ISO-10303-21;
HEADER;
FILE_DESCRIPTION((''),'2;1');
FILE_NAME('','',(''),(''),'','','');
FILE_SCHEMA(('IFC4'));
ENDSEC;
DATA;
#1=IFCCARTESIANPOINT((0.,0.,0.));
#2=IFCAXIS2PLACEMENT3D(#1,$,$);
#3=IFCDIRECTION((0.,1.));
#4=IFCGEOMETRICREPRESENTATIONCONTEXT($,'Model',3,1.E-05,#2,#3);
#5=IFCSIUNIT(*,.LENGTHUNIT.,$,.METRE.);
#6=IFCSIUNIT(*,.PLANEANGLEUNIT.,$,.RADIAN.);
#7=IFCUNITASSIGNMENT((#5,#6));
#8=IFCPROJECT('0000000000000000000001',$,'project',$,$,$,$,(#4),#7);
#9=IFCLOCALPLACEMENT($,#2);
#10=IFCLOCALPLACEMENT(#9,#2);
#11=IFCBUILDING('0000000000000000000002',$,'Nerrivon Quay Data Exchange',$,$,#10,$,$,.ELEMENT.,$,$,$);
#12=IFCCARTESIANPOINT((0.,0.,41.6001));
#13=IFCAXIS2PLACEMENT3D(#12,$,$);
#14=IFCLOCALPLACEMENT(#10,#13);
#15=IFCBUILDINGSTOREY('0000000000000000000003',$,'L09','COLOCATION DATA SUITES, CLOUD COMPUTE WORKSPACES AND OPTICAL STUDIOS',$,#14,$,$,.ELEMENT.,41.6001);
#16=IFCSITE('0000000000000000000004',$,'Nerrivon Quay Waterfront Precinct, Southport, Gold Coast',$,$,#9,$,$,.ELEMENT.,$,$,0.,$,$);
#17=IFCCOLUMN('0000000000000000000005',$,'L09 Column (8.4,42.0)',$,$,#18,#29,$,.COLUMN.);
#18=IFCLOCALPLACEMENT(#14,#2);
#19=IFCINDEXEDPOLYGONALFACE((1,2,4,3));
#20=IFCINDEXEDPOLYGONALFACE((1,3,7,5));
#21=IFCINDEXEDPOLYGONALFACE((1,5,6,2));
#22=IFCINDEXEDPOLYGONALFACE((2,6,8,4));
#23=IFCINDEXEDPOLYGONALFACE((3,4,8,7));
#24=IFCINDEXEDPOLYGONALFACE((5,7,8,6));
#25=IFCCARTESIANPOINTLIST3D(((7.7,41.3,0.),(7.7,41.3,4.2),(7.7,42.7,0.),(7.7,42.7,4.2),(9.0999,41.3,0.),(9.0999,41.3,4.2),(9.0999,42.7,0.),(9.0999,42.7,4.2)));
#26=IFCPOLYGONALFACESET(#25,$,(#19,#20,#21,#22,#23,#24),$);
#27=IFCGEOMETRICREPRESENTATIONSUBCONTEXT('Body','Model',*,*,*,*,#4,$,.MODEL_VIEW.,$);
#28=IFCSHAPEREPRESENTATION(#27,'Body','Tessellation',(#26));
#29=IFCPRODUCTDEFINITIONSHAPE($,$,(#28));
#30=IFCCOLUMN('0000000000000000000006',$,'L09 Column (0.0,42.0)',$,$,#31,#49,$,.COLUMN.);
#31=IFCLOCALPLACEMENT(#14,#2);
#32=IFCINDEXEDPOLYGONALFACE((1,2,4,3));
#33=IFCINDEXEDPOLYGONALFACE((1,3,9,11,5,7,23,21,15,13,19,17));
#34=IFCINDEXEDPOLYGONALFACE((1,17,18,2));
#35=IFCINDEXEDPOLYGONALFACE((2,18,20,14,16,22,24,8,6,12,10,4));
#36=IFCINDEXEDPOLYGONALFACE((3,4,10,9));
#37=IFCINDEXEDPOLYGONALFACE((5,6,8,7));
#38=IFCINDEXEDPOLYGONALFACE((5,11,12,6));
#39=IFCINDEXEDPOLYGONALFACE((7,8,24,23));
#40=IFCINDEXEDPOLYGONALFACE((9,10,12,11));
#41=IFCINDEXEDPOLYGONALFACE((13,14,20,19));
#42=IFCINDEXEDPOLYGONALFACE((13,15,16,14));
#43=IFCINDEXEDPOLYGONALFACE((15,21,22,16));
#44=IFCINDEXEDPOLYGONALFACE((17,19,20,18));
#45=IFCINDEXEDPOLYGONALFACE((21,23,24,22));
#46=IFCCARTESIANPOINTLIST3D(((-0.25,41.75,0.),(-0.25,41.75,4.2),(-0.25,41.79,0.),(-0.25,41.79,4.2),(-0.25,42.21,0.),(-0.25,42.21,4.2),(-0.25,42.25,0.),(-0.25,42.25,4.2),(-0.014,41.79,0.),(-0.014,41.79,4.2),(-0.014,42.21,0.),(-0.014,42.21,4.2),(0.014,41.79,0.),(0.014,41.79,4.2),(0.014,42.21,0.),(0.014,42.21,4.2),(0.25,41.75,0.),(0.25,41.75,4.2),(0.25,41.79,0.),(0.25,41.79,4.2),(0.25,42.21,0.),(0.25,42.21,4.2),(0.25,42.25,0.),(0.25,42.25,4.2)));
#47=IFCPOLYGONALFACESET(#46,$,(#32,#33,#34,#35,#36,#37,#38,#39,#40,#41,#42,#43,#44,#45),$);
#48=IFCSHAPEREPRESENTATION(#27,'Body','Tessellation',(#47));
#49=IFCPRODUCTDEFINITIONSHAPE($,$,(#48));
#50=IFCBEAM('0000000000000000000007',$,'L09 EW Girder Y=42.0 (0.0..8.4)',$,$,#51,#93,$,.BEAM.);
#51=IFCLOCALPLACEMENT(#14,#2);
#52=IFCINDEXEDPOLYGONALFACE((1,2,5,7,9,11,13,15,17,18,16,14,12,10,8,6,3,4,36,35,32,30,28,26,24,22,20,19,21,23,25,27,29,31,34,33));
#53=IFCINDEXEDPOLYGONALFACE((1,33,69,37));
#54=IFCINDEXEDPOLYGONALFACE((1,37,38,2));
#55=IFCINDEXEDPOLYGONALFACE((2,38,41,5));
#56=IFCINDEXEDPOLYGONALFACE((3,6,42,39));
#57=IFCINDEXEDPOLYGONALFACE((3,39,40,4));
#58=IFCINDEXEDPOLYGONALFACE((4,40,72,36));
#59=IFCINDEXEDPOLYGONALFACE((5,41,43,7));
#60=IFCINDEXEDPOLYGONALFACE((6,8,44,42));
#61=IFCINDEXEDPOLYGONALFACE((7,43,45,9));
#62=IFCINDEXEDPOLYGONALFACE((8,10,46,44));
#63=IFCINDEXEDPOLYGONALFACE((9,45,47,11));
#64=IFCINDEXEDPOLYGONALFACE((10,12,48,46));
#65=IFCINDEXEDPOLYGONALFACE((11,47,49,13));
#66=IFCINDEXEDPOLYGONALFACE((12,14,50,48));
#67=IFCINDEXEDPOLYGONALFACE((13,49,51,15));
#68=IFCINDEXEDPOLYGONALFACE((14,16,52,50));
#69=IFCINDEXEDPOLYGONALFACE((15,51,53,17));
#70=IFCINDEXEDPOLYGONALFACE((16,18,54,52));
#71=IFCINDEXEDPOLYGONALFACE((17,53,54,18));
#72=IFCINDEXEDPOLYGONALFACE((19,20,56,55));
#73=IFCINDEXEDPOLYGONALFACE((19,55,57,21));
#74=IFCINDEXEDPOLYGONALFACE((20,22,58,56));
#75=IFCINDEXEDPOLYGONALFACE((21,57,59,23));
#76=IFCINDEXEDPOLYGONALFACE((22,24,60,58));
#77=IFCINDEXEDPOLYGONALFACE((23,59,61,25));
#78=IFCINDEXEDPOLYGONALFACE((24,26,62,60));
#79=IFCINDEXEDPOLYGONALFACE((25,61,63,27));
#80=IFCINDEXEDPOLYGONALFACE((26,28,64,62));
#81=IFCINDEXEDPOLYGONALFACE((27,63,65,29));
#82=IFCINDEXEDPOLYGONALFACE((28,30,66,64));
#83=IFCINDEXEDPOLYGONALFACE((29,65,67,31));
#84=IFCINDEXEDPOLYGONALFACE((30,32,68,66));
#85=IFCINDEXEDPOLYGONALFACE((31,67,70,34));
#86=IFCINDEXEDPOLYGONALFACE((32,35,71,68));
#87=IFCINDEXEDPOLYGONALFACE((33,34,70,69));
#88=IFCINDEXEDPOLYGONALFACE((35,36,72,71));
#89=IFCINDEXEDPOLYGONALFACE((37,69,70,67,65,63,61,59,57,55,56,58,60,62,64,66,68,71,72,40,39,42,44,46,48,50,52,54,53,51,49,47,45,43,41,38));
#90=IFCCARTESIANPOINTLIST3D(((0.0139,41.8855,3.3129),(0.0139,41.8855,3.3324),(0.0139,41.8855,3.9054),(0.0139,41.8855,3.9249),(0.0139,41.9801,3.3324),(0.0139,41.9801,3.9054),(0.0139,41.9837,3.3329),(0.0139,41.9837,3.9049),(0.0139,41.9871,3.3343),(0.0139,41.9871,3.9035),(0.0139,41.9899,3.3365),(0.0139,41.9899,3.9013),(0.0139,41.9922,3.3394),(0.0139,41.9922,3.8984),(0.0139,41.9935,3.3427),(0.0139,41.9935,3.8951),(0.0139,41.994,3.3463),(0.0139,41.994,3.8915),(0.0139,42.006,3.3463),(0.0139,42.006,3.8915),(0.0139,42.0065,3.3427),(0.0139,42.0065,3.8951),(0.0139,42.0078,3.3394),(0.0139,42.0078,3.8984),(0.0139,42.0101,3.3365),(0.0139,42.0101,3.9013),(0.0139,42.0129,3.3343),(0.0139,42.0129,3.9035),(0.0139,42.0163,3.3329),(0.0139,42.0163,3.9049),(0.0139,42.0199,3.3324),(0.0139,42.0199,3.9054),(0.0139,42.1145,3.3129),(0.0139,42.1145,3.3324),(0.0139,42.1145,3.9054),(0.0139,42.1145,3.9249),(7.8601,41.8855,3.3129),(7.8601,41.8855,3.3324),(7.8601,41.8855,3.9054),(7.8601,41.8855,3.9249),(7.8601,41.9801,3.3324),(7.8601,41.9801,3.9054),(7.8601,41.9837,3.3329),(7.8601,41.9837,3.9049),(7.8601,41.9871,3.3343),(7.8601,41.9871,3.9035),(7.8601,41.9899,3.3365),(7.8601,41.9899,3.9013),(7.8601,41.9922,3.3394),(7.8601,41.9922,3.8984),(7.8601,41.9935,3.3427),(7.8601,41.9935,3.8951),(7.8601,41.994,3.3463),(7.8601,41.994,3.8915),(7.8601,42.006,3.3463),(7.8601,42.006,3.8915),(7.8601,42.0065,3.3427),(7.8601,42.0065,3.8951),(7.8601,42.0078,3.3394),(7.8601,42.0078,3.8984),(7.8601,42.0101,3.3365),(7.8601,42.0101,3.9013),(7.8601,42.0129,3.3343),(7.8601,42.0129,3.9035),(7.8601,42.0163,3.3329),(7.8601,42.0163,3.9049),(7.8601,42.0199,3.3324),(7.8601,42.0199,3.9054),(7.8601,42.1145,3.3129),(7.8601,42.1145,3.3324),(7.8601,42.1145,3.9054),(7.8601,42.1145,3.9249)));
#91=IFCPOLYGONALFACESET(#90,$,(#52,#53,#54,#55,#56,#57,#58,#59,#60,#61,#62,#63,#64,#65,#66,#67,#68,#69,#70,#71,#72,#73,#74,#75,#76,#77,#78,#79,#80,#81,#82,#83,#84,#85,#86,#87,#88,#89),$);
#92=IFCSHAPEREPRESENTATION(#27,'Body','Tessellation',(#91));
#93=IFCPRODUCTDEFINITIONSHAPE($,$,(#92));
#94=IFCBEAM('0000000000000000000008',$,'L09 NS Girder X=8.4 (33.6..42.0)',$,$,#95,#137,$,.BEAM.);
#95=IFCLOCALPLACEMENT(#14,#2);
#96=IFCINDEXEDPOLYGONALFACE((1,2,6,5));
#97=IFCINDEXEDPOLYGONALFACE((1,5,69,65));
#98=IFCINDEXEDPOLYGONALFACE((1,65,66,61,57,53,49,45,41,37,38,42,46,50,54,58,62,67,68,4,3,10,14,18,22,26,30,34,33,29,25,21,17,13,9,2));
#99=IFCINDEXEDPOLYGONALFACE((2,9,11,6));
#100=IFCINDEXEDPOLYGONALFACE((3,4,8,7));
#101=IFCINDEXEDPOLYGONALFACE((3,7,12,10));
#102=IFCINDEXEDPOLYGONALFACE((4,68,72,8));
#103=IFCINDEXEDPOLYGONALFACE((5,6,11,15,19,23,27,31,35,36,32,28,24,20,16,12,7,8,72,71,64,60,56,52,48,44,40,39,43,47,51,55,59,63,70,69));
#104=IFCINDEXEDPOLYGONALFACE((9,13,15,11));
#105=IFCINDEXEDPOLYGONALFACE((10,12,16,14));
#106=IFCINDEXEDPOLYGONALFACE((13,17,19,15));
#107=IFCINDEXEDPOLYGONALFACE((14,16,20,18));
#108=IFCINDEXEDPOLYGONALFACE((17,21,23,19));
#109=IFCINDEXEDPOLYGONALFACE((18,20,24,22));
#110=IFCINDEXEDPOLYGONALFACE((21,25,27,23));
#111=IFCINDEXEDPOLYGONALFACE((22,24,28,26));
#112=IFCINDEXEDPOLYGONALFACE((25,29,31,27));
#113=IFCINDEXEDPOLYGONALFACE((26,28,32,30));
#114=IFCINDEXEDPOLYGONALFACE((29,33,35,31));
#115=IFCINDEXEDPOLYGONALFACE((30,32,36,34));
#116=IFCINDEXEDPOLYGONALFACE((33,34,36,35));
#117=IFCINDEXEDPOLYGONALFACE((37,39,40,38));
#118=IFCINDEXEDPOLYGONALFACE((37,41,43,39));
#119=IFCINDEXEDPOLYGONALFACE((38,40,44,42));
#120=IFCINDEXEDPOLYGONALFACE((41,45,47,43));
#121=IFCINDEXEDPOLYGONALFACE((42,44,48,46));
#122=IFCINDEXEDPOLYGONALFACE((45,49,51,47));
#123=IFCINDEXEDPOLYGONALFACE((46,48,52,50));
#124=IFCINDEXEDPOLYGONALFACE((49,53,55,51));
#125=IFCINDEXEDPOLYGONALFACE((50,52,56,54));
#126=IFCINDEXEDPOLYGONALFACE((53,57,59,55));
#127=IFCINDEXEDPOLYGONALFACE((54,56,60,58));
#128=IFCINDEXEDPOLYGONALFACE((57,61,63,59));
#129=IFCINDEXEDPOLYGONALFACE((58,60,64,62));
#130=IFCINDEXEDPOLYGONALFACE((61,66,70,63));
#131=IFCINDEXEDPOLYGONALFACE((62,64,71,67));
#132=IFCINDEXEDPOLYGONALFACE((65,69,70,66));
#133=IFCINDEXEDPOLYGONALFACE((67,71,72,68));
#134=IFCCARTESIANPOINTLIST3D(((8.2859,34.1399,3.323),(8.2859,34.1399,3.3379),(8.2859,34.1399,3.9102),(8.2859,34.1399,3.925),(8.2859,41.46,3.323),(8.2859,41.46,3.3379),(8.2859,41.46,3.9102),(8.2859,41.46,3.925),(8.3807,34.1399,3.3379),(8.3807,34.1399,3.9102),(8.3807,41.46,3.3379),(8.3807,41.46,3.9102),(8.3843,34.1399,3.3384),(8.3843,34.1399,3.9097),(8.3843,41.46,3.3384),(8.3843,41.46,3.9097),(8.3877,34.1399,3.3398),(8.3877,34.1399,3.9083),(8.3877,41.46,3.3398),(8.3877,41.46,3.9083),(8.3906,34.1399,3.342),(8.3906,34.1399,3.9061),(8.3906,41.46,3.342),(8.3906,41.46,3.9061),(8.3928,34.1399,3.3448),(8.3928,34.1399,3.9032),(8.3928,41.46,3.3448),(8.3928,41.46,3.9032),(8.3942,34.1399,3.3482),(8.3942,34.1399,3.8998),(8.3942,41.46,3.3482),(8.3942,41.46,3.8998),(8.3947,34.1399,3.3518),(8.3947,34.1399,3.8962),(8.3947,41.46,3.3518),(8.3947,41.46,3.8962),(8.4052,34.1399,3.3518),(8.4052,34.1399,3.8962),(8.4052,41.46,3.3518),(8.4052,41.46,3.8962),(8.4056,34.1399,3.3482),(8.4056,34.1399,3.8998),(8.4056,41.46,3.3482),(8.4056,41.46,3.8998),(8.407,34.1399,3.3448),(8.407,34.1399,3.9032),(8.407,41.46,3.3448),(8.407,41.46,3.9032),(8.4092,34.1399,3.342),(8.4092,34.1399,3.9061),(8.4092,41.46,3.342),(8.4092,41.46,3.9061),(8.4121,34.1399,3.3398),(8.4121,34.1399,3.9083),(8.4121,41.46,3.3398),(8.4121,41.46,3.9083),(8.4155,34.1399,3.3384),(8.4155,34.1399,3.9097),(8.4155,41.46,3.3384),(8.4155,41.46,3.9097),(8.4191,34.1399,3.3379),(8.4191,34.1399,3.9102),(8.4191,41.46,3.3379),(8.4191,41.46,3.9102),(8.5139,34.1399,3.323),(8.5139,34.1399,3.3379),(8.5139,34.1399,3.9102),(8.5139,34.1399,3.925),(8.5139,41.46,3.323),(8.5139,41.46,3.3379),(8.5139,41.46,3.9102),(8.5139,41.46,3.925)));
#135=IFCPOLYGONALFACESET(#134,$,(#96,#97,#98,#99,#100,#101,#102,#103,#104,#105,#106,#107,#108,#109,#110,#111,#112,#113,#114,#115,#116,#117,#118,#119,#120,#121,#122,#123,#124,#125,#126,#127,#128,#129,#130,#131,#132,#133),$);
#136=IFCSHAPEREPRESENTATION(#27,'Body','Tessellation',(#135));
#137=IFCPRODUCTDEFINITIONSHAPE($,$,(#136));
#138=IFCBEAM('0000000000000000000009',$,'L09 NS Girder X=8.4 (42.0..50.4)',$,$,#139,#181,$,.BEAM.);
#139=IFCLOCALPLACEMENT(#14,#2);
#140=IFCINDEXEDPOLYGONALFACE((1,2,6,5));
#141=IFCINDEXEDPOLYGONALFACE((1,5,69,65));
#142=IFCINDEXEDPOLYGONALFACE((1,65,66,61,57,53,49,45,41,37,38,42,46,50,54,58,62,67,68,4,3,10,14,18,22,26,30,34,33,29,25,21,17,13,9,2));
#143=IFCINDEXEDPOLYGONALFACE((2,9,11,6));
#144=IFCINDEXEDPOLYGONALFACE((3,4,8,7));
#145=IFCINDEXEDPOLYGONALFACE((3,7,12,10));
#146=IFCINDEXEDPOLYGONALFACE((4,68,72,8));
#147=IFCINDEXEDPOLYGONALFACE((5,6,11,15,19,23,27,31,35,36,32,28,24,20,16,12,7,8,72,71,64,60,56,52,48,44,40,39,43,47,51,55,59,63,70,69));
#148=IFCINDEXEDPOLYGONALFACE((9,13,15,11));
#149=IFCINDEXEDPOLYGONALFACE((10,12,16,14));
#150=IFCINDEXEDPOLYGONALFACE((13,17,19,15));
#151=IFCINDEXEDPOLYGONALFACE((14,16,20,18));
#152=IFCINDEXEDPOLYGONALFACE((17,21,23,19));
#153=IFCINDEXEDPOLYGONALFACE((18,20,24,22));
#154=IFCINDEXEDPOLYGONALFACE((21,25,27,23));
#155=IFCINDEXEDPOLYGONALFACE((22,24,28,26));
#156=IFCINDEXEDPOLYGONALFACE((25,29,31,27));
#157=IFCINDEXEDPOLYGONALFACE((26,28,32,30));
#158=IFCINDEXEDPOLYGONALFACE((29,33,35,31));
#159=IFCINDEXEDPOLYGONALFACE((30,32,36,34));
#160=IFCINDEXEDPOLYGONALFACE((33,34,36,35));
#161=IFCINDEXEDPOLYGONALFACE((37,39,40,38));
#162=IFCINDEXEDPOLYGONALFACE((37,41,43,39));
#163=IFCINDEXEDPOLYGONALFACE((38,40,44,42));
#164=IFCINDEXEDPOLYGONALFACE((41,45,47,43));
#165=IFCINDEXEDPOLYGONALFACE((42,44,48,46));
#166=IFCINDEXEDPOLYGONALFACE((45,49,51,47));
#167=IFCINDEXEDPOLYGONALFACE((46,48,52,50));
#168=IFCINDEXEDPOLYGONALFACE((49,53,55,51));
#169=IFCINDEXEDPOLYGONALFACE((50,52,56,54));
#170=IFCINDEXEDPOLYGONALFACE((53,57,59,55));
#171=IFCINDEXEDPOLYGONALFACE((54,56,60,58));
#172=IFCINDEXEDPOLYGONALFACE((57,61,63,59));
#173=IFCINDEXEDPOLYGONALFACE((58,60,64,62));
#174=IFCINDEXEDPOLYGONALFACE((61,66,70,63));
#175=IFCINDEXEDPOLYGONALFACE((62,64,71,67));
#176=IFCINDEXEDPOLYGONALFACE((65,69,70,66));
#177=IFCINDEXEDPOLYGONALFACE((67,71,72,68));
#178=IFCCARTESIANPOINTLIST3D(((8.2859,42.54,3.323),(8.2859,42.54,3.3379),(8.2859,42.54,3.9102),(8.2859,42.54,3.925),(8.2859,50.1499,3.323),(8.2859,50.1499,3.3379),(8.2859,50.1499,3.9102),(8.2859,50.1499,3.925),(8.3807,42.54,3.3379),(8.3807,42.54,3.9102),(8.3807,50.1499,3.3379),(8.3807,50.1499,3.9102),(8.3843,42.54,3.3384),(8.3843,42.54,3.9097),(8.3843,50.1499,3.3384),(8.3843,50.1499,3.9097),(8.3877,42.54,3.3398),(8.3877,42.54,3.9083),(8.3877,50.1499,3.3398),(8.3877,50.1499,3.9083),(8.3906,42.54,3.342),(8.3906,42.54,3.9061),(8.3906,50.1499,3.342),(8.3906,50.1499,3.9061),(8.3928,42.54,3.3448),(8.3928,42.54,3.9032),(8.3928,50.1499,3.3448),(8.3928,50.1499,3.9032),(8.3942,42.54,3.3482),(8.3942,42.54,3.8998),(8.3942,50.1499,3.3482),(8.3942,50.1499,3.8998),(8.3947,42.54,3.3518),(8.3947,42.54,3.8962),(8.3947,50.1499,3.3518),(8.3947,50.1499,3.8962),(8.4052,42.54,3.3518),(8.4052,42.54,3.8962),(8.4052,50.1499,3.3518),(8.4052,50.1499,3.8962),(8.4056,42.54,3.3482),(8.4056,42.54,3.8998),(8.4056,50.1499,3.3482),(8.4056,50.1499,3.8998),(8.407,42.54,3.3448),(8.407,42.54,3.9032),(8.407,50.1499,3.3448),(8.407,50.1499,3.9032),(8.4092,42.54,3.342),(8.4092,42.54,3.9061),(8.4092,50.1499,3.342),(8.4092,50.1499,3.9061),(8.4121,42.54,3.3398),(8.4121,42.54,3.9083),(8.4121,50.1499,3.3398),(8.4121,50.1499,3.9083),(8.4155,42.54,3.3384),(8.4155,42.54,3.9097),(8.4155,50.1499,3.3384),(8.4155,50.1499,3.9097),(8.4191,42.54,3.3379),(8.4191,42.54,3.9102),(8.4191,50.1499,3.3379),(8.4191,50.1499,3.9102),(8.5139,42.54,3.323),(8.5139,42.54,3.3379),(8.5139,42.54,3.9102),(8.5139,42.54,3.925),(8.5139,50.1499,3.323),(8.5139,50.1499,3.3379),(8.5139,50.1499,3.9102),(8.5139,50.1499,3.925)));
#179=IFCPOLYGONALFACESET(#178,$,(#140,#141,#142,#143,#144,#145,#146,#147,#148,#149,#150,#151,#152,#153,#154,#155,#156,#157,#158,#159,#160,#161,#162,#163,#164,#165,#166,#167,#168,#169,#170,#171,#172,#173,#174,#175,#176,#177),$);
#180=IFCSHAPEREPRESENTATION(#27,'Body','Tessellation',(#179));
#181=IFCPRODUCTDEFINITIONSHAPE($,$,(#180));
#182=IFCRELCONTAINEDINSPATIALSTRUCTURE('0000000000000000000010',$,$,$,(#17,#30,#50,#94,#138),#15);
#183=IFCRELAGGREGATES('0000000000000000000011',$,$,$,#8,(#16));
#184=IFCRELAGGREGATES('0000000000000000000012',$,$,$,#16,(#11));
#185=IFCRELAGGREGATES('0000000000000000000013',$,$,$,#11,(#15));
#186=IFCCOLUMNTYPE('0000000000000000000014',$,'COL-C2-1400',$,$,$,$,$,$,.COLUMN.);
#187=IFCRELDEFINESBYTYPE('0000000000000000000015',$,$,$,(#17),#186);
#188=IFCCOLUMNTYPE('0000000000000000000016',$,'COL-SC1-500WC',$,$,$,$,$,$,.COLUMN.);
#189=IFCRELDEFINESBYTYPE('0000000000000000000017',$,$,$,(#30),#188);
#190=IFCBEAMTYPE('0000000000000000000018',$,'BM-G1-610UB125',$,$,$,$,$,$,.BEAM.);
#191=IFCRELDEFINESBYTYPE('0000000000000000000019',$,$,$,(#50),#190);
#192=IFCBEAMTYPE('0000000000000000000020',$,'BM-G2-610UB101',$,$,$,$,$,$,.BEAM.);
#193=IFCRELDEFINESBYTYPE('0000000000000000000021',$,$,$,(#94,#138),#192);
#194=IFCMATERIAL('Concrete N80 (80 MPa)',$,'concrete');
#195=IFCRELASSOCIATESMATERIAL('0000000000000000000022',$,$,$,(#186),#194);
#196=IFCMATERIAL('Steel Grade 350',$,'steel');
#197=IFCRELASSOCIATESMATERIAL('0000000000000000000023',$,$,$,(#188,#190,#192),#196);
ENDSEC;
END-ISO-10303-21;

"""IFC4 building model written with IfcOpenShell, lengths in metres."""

from ifc_helpers import new_model, si_unit, direction, frame, origin, origin_2d, place, context, subcontext, project, spatial, rectangle, i_section, extrude, material, material_profile, profile_set, type_object, element, save


model = new_model("IFC4")

# Units and contexts
model_context = context("Model", 3, precision=1e-05, world=origin(), true_north=direction((0.0, 1.0)))
body_context = subcontext(model_context, "Body", "Model", "MODEL_VIEW")
ifc_project = project(units=[si_unit("LENGTHUNIT", "METRE"), si_unit("PLANEANGLEUNIT", "RADIAN")], contexts=[model_context])

# Site, building, storey
site_placement = place(None, origin())
site = spatial("IfcSite", under=ifc_project, at=site_placement, Name="Nerrivon Quay Waterfront Precinct, Southport, Gold Coast", CompositionType="ELEMENT", RefElevation=0.0)
building_placement = place(site_placement, origin())
building = spatial("IfcBuilding", under=site, at=building_placement, Name="Nerrivon Quay Data Exchange", CompositionType="ELEMENT")
storey_placement = place(building_placement, frame((0.0, 0.0, 41.6001)))
storey = spatial("IfcBuildingStorey", under=building, at=storey_placement, Name="L09", Description="COLOCATION DATA SUITES, CLOUD COMPUTE WORKSPACES AND OPTICAL STUDIOS", CompositionType="ELEMENT", Elevation=41.6001)

# Columns
ifc_material_1 = material(Name="Concrete N80 (80 MPa)", Category="concrete")
ifc_material_profile_1 = material_profile(ifc_material_1, rectangle(XDim=1.3999, YDim=1.3999, at=origin_2d()), Name="RC-COL-1400x1400")
ifc_profile_set_1 = profile_set([ifc_material_profile_1], Name="Concrete N80 (80 MPa)")
column_type_1 = type_object("IfcColumnType", Name="COL-C2-1400", PredefinedType="COLUMN", material=ifc_profile_set_1)
column_1_placement = place(storey_placement, frame((8.3999, 42.0, 0.0), z_axis=(0.0, 0.0, 1.0), x_axis=(1.0, 0.0, 0.0)))
element("IfcColumn", 1, at=column_1_placement, inside=storey, type_object=column_type_1, Name="L09 Column (8.4,42.0)", PredefinedType="COLUMN", context=body_context, shape_type="SweptSolid", body=[
    extrude(rectangle(XDim=1.3999, YDim=1.3999, at=origin_2d()), origin(), (0.0, 0.0, 1.0), 4.2),
])
ifc_material_2 = material(Name="Steel Grade 350", Category="steel")
ifc_material_profile_2 = material_profile(ifc_material_2, i_section(OverallWidth=0.5, OverallDepth=0.5, WebThickness=0.0281, FlangeThickness=0.04, at=origin_2d()), Name="500WC440")
ifc_profile_set_2 = profile_set([ifc_material_profile_2], Name="Steel Grade 350")
column_type_2 = type_object("IfcColumnType", Name="COL-SC1-500WC", PredefinedType="COLUMN", material=ifc_profile_set_2)
column_2_placement = place(storey_placement, frame((0.0, 42.0, 0.0), z_axis=(0.0, 0.0, 1.0), x_axis=(1.0, 0.0, 0.0)))
element("IfcColumn", 2, at=column_2_placement, inside=storey, type_object=column_type_2, Name="L09 Column (0.0,42.0)", PredefinedType="COLUMN", context=body_context, shape_type="SweptSolid", body=[
    extrude(i_section(OverallWidth=0.5, OverallDepth=0.5, WebThickness=0.0281, FlangeThickness=0.04, at=origin_2d()), origin(), (0.0, 0.0, 1.0), 4.2),
])

# Beams
ifc_material_profile_3 = material_profile(ifc_material_2, i_section(OverallWidth=0.229, OverallDepth=0.6121, WebThickness=0.012, FlangeThickness=0.0195, FilletRadius=0.0139, at=origin_2d()), Name="610UB125")
ifc_profile_set_3 = profile_set([ifc_material_profile_3], Name="Steel Grade 350")
beam_type_1 = type_object("IfcBeamType", Name="BM-G1-610UB125", PredefinedType="BEAM", material=ifc_profile_set_3)
beam_1_placement = place(storey_placement, frame((0.0139, 42.0, 3.6189), z_axis=(1.0, 0.0, 0.0), x_axis=(0.0, 1.0, 0.0)))
element("IfcBeam", 3, at=beam_1_placement, inside=storey, type_object=beam_type_1, Name="L09 EW Girder Y=42.0 (0.0..8.4)", PredefinedType="BEAM", context=body_context, shape_type="SweptSolid", body=[
    extrude(i_section(OverallWidth=0.229, OverallDepth=0.6121, WebThickness=0.012, FlangeThickness=0.0195, FilletRadius=0.0139, at=origin_2d()), origin(), (0.0, 0.0, 1.0), 7.8462),
])
ifc_material_profile_4 = material_profile(ifc_material_2, i_section(OverallWidth=0.228, OverallDepth=0.6021, WebThickness=0.0105, FlangeThickness=0.0149, FilletRadius=0.0139, at=origin_2d()), Name="610UB101")
ifc_profile_set_4 = profile_set([ifc_material_profile_4], Name="Steel Grade 350")
beam_type_2 = type_object("IfcBeamType", Name="BM-G2-610UB101", PredefinedType="BEAM", material=ifc_profile_set_4)
beam_2_placement = place(storey_placement, frame((8.3999, 34.1399, 3.624), z_axis=(0.0, 1.0, 0.0), x_axis=(-1.0, 0.0, 0.0)))
element("IfcBeam", 4, at=beam_2_placement, inside=storey, type_object=beam_type_2, Name="L09 NS Girder X=8.4 (33.6..42.0)", PredefinedType="BEAM", context=body_context, shape_type="SweptSolid", body=[
    extrude(i_section(OverallWidth=0.228, OverallDepth=0.6021, WebThickness=0.0105, FlangeThickness=0.0149, FilletRadius=0.0139, at=origin_2d()), origin(), (0.0, 0.0, 1.0), 7.3201),
])
beam_3_placement = place(storey_placement, frame((8.3999, 42.54, 3.624), z_axis=(0.0, 1.0, 0.0), x_axis=(-1.0, 0.0, 0.0)))
element("IfcBeam", 5, at=beam_3_placement, inside=storey, type_object=beam_type_2, Name="L09 NS Girder X=8.4 (42.0..50.4)", PredefinedType="BEAM", context=body_context, shape_type="SweptSolid", body=[
    extrude(i_section(OverallWidth=0.228, OverallDepth=0.6021, WebThickness=0.0105, FlangeThickness=0.0149, FilletRadius=0.0139, at=origin_2d()), origin(), (0.0, 0.0, 1.0), 7.6099),
])

save(model, "model.ifc")
